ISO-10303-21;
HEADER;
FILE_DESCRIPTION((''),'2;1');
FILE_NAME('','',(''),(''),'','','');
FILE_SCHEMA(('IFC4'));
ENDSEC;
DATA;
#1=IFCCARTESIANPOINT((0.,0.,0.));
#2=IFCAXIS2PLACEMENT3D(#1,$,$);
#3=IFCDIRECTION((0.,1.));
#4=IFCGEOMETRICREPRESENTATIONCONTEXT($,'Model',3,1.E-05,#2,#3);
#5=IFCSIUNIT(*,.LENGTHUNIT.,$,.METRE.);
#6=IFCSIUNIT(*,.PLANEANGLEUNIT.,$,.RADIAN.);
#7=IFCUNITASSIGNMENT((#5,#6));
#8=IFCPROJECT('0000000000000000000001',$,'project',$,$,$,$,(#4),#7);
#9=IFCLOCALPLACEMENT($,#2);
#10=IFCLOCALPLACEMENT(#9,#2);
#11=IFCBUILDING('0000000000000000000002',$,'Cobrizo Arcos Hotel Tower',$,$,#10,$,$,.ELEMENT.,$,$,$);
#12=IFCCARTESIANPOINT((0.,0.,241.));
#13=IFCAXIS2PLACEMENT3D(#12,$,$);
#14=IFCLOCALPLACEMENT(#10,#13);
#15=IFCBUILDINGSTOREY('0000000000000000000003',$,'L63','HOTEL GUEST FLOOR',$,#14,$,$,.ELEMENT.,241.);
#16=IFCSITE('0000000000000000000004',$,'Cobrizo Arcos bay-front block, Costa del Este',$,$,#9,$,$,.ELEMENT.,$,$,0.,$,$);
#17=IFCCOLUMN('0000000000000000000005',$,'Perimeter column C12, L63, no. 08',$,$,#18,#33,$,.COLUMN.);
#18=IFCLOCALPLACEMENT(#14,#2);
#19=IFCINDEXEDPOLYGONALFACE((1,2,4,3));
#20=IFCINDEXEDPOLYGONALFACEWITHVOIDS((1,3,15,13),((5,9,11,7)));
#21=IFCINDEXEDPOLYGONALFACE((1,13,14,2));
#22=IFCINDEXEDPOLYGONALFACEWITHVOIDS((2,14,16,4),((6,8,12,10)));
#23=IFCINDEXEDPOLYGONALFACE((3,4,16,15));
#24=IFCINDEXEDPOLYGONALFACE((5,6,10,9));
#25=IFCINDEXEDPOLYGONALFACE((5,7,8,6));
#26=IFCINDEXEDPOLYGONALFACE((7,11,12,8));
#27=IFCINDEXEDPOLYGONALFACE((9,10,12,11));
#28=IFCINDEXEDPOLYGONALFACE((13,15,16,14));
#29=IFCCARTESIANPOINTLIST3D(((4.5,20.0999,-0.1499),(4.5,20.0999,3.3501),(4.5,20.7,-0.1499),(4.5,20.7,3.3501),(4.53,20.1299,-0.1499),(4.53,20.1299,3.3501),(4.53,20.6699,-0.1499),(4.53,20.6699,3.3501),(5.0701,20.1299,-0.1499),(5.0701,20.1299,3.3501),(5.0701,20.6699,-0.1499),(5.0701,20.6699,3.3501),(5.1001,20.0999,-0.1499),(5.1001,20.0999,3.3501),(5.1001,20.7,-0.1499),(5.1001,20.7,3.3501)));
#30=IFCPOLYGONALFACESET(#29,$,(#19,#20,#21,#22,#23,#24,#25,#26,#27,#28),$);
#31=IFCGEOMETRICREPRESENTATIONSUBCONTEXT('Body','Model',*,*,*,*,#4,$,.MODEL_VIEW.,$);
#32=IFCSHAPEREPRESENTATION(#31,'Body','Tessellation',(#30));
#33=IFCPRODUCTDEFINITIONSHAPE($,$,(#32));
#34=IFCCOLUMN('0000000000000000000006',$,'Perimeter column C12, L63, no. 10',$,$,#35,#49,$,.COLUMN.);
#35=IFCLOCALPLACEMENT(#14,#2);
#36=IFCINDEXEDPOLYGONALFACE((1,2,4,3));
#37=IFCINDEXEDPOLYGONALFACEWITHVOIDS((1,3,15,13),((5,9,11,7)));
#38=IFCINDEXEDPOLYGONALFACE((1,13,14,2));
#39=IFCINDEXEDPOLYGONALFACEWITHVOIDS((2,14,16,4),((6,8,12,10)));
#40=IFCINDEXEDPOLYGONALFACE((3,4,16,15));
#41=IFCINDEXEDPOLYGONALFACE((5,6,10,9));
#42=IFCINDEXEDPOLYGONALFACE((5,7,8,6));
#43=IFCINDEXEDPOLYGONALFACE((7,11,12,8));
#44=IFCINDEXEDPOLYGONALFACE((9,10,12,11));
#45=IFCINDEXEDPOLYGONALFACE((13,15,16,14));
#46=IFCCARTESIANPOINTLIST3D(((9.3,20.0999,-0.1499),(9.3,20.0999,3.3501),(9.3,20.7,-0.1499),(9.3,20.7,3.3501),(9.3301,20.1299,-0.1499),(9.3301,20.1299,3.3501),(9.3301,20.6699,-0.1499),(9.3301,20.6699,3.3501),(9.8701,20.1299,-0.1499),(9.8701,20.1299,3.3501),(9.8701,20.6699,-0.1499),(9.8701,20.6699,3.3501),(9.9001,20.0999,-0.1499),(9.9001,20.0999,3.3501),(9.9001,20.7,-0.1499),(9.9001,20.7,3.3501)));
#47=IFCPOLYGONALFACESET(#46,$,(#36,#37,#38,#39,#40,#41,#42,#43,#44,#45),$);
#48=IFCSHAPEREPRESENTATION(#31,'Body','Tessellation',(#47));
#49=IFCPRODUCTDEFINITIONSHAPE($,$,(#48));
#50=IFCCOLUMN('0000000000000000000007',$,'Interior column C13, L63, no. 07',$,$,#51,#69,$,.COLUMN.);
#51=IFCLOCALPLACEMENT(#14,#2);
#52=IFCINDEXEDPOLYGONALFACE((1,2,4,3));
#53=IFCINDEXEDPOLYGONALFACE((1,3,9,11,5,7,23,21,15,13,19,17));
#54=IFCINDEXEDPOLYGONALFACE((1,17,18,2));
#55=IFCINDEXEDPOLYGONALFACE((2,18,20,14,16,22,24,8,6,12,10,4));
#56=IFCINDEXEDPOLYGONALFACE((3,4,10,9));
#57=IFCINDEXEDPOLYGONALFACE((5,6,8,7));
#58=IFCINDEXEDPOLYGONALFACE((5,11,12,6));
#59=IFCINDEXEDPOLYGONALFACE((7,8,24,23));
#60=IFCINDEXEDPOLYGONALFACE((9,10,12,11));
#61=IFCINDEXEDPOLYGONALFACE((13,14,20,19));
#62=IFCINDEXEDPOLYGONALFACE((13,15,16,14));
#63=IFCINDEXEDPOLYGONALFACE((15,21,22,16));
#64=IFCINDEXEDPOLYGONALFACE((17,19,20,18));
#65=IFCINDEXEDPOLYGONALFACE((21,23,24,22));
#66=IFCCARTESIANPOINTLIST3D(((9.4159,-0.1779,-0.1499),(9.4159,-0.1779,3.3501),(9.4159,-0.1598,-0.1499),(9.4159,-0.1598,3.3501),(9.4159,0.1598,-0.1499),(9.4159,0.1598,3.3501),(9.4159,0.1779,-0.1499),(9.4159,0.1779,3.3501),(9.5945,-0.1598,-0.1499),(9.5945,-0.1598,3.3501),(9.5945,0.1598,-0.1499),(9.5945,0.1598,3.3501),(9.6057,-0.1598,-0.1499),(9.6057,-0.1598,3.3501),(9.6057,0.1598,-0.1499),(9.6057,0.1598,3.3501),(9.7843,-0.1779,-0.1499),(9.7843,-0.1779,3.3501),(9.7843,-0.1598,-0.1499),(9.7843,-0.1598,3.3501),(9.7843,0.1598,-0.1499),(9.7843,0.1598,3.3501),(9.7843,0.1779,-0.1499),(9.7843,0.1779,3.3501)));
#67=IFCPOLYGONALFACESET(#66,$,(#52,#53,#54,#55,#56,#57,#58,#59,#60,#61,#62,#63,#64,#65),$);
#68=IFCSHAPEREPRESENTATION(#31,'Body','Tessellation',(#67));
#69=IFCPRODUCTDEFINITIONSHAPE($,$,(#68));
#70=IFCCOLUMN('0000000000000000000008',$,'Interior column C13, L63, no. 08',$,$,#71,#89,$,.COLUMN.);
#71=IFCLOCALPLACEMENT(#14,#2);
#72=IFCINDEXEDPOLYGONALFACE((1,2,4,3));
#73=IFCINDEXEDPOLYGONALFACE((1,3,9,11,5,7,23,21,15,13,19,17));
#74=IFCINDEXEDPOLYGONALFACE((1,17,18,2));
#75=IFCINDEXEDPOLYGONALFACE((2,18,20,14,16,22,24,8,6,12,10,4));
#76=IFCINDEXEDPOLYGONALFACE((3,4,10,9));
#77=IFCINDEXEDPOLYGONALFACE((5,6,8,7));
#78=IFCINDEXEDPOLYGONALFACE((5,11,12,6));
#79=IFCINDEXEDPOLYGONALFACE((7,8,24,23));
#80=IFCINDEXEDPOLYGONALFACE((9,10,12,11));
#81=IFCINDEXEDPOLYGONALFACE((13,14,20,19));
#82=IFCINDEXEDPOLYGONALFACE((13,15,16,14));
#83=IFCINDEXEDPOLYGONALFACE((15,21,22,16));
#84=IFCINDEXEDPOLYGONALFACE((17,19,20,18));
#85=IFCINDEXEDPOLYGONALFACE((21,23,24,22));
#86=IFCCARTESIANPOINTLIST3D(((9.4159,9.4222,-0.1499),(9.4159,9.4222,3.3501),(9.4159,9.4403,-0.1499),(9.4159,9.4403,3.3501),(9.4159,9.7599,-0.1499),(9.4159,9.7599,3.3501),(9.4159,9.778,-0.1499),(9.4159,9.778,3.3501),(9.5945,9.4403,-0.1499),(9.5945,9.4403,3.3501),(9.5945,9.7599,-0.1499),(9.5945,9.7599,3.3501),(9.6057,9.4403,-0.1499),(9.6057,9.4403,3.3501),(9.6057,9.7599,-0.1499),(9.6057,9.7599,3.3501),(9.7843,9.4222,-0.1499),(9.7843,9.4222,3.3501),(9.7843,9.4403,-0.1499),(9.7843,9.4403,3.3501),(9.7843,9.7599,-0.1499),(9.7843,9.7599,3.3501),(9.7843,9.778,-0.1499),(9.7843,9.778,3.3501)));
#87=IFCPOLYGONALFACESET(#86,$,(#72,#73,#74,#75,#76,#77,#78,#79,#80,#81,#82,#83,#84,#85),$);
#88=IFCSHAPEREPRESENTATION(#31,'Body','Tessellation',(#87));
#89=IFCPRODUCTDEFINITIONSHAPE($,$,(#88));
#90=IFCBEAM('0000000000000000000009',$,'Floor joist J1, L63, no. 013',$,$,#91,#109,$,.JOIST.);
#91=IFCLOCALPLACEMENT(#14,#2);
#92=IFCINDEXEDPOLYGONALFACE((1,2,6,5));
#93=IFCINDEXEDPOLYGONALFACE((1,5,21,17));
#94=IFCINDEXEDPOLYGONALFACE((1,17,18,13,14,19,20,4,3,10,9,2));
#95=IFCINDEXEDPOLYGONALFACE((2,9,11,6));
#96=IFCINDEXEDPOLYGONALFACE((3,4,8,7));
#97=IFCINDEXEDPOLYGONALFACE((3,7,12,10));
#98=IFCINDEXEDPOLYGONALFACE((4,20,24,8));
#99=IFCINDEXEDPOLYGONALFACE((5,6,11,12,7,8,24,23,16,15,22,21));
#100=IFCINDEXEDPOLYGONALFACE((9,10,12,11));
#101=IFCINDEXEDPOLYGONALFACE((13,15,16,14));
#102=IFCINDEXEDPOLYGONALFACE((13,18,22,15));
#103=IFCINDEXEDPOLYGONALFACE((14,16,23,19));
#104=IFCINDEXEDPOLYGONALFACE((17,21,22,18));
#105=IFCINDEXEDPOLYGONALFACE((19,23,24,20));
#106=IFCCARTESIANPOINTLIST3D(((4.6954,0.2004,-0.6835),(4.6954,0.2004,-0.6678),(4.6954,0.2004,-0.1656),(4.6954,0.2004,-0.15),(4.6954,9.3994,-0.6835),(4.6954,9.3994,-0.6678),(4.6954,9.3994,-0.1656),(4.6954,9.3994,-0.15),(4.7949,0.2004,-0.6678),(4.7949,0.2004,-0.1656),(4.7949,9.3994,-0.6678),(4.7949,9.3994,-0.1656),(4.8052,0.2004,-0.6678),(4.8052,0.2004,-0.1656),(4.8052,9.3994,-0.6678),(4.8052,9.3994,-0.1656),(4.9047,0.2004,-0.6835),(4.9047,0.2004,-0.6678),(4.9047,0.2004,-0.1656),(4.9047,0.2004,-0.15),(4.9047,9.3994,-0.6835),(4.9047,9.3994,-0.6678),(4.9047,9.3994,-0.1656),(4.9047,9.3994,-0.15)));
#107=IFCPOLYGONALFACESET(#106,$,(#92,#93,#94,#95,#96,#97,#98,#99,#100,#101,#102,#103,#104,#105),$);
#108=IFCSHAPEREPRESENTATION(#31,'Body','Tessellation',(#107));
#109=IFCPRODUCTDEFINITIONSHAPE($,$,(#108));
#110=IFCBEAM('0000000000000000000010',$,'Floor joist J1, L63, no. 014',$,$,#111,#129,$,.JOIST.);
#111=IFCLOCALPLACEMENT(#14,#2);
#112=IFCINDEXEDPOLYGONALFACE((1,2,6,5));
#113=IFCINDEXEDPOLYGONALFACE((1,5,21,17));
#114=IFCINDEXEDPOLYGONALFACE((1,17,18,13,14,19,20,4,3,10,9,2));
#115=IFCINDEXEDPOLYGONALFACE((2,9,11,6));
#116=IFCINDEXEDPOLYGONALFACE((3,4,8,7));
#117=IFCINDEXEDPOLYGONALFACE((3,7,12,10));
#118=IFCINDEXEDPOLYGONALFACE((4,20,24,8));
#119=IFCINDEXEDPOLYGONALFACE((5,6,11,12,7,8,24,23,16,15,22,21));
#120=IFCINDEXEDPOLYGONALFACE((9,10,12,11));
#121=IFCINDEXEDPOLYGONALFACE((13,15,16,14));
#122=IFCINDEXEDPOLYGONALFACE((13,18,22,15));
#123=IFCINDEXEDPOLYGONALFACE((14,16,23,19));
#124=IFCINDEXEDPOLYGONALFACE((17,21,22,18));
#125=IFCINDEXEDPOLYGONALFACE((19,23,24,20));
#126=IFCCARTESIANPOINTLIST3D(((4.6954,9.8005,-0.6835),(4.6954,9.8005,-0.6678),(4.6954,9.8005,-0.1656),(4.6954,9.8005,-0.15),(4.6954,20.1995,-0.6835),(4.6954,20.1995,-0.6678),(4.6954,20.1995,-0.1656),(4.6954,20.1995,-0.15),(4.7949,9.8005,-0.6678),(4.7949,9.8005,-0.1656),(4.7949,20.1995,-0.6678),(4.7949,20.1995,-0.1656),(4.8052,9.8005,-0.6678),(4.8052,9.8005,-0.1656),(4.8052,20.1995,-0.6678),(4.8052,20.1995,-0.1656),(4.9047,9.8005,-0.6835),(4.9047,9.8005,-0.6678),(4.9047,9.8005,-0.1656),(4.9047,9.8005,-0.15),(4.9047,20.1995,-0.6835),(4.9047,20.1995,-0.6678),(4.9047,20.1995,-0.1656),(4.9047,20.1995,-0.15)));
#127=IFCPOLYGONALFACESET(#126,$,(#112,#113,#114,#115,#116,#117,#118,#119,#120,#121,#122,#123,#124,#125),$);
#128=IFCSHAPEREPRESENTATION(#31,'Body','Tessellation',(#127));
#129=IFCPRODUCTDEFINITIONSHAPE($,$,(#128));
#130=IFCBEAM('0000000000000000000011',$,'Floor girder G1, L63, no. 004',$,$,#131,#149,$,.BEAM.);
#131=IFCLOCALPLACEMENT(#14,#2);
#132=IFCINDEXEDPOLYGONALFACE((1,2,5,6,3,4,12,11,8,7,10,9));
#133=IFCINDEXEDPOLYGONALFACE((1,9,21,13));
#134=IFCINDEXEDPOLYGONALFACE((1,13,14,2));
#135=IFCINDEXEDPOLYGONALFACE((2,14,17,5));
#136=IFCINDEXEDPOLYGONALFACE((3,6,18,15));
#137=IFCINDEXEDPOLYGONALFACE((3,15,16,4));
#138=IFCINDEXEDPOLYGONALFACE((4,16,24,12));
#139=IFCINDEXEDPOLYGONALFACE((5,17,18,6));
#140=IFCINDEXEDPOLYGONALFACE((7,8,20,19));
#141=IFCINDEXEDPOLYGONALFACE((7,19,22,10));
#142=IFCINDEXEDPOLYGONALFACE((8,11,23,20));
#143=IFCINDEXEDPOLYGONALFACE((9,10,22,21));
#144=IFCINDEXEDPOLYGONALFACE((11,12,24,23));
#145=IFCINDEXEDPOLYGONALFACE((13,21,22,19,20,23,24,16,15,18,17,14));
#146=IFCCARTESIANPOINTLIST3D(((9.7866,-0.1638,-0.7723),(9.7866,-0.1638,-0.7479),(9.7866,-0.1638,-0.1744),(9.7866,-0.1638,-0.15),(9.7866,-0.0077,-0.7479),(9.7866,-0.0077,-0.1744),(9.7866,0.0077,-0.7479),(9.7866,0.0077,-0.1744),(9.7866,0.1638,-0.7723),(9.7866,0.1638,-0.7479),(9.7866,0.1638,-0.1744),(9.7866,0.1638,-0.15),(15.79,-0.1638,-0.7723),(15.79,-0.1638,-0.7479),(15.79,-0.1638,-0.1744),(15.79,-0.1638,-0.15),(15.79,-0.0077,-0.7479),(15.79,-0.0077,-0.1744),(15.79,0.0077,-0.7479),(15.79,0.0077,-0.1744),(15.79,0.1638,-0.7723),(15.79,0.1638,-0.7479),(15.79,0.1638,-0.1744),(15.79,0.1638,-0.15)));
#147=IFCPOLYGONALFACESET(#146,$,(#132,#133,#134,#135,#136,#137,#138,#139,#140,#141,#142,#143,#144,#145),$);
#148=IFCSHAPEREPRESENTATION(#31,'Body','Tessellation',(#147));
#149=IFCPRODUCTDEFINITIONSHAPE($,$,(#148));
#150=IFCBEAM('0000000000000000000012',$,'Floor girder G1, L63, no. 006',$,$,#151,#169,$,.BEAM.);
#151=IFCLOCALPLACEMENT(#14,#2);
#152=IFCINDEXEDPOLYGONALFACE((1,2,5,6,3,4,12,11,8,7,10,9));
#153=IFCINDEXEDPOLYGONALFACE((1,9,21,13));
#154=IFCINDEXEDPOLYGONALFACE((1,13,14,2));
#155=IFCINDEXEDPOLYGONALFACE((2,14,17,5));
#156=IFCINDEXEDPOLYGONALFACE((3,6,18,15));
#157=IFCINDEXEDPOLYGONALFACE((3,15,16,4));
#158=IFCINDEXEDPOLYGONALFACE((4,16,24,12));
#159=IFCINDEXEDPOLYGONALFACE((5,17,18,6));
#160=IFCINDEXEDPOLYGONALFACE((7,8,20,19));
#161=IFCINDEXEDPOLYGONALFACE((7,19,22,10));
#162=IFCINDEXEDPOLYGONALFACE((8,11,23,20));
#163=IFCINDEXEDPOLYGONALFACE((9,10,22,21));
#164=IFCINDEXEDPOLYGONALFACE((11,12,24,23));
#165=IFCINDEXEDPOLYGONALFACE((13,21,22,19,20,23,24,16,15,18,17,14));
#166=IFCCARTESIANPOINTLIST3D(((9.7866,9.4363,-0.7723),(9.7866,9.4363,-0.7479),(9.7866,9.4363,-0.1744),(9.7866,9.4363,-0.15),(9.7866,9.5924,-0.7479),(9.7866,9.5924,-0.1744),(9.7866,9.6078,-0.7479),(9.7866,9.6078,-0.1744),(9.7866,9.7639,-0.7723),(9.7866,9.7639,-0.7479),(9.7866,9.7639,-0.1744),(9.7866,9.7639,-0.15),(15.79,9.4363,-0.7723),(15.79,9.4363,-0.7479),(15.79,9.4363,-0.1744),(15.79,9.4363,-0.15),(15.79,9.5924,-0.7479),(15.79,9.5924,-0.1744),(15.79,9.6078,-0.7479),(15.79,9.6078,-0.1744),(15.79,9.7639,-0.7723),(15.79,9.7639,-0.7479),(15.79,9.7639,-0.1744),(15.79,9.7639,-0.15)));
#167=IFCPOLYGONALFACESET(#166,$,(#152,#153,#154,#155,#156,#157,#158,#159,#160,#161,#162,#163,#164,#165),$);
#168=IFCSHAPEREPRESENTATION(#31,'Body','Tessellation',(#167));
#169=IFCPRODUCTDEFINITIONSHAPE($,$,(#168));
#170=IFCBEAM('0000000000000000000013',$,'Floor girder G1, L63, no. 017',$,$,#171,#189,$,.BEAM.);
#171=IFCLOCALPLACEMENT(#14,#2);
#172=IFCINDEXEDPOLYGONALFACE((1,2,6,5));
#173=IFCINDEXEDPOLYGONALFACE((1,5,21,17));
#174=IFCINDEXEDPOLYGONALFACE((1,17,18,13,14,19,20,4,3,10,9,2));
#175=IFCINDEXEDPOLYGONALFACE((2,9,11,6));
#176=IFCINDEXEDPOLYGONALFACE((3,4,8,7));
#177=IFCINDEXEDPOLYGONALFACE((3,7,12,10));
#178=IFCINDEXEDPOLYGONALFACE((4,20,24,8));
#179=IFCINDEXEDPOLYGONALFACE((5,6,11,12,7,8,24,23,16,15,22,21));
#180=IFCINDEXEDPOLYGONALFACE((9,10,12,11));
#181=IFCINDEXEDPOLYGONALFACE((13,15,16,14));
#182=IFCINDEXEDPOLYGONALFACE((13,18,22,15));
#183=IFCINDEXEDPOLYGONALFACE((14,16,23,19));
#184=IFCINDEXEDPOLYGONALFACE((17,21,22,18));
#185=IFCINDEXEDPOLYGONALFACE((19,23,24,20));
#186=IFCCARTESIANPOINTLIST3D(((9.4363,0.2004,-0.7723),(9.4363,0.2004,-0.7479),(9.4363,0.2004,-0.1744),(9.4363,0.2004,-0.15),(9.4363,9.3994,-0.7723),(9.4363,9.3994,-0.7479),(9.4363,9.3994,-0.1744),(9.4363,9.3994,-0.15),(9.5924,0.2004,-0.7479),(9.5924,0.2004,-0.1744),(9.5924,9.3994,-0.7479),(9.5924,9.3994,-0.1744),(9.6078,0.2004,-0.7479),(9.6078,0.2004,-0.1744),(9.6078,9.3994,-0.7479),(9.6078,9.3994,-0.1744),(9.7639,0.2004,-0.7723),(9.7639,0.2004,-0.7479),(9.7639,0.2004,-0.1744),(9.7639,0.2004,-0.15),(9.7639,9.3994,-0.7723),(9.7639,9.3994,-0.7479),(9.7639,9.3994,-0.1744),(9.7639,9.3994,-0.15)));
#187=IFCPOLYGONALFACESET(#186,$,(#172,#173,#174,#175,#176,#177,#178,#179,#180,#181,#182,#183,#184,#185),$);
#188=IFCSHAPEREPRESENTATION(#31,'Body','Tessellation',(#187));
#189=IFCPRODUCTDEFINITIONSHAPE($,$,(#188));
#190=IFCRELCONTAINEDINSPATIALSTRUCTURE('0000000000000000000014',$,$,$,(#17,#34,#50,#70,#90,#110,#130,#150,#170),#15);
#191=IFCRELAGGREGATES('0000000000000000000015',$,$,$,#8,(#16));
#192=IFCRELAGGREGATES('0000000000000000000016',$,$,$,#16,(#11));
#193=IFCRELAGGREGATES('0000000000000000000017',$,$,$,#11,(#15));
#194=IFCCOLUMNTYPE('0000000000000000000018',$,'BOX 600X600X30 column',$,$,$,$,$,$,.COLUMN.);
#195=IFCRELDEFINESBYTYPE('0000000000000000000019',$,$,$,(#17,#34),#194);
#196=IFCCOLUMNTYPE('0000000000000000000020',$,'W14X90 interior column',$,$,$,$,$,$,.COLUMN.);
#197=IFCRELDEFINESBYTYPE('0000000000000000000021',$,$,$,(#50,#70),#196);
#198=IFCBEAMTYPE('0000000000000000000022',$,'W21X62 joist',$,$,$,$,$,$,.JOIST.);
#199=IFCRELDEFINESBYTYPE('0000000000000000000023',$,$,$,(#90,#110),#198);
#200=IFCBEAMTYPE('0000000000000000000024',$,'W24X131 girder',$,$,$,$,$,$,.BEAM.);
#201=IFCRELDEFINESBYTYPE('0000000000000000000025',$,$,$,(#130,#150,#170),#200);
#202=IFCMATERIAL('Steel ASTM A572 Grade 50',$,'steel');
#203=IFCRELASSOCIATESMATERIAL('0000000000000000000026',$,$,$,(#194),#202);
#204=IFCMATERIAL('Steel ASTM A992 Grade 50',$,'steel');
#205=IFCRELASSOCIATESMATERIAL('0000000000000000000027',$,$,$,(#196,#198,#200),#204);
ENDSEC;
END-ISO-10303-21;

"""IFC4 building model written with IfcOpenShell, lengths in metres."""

from ifc_helpers import new_model, si_unit, direction, frame, origin, origin_2d, place, context, subcontext, project, spatial, hollow_rectangle, i_section, extrude, material, material_profile, profile_set, type_object, element, save


model = new_model("IFC4")

# Units and contexts
model_context = context("Model", 3, precision=1e-05, world=origin(), true_north=direction((0.0, 1.0)))
body_context = subcontext(model_context, "Body", "Model", "MODEL_VIEW")
ifc_project = project(units=[si_unit("LENGTHUNIT", "METRE"), si_unit("PLANEANGLEUNIT", "RADIAN")], contexts=[model_context])

# Site, building, storey
site_placement = place(None, origin())
site = spatial("IfcSite", under=ifc_project, at=site_placement, Name="Cobrizo Arcos bay-front block, Costa del Este", CompositionType="ELEMENT", RefElevation=0.0)
building_placement = place(site_placement, origin())
building = spatial("IfcBuilding", under=site, at=building_placement, Name="Cobrizo Arcos Hotel Tower", CompositionType="ELEMENT")
storey_placement = place(building_placement, frame((0.0, 0.0, 241.0)))
storey = spatial("IfcBuildingStorey", under=building, at=storey_placement, Name="L63", Description="HOTEL GUEST FLOOR", CompositionType="ELEMENT", Elevation=241.0)

# Columns
ifc_material_1 = material(Name="Steel ASTM A572 Grade 50", Category="steel")
ifc_material_profile_1 = material_profile(ifc_material_1, hollow_rectangle(XDim=0.6001, YDim=0.6001, WallThickness=0.03, at=origin_2d()), Name="BOX 600X600X30")
ifc_profile_set_1 = profile_set([ifc_material_profile_1], Name="Steel ASTM A572 Grade 50")
column_type_1 = type_object("IfcColumnType", Name="BOX 600X600X30 column", PredefinedType="COLUMN", material=ifc_profile_set_1)
for number, where, z_axis, x_axis, name in (
    (1, (4.8, 20.3999, -0.1499), (0.0, 0.0, 1.0), (1.0, 0.0, 0.0), "Perimeter column C12, L63, no. 08"),
    (2, (9.6001, 20.3999, -0.1499), (0.0, 0.0, 1.0), (1.0, 0.0, 0.0), "Perimeter column C12, L63, no. 10"),
):
    element("IfcColumn", number, at=place(storey_placement, frame(where, z_axis=z_axis, x_axis=x_axis)), inside=storey, type_object=column_type_1, Name=name, PredefinedType="COLUMN", context=body_context, shape_type="SweptSolid", body=[
        extrude(hollow_rectangle(XDim=0.6001, YDim=0.6001, WallThickness=0.03, at=origin_2d()), origin(), (0.0, 0.0, 1.0), 3.5),
    ])
ifc_material_2 = material(Name="Steel ASTM A992 Grade 50", Category="steel")
ifc_material_profile_2 = material_profile(ifc_material_2, i_section(OverallWidth=0.3684, OverallDepth=0.3557, WebThickness=0.0112, FlangeThickness=0.0181, at=origin_2d()), Name="W14X90")
ifc_profile_set_2 = profile_set([ifc_material_profile_2], Name="Steel ASTM A992 Grade 50")
column_type_2 = type_object("IfcColumnType", Name="W14X90 interior column", PredefinedType="COLUMN", material=ifc_profile_set_2)
for number, where, z_axis, x_axis, name in (
    (3, (9.6001, 0.0, -0.1499), (0.0, 0.0, 1.0), (1.0, 0.0, 0.0), "Interior column C13, L63, no. 07"),
    (4, (9.6001, 9.6001, -0.1499), (0.0, 0.0, 1.0), (1.0, 0.0, 0.0), "Interior column C13, L63, no. 08"),
):
    element("IfcColumn", number, at=place(storey_placement, frame(where, z_axis=z_axis, x_axis=x_axis)), inside=storey, type_object=column_type_2, Name=name, PredefinedType="COLUMN", context=body_context, shape_type="SweptSolid", body=[
        extrude(i_section(OverallWidth=0.3684, OverallDepth=0.3557, WebThickness=0.0112, FlangeThickness=0.0181, at=origin_2d()), origin(), (0.0, 0.0, 1.0), 3.5),
    ])

# Beams
ifc_material_profile_3 = material_profile(ifc_material_2, i_section(OverallWidth=0.2092, OverallDepth=0.5334, WebThickness=0.0103, FlangeThickness=0.0156, at=origin_2d()), Name="W21X62")
ifc_profile_set_3 = profile_set([ifc_material_profile_3], Name="Steel ASTM A992 Grade 50")
beam_type_1 = type_object("IfcBeamType", Name="W21X62 joist", PredefinedType="JOIST", material=ifc_profile_set_3)
beam_1_placement = place(storey_placement, frame((4.8, 0.2004, -0.4167), z_axis=(0.0, 1.0, 0.0), x_axis=(-1.0, 0.0, 0.0)))
element("IfcBeam", 5, at=beam_1_placement, inside=storey, type_object=beam_type_1, Name="Floor joist J1, L63, no. 013", PredefinedType="JOIST", context=body_context, shape_type="SweptSolid", body=[
    extrude(i_section(OverallWidth=0.2092, OverallDepth=0.5334, WebThickness=0.0103, FlangeThickness=0.0156, at=origin_2d()), origin(), (0.0, 0.0, 1.0), 9.199),
])
beam_2_placement = place(storey_placement, frame((4.8, 9.8005, -0.4167), z_axis=(0.0, 1.0, 0.0), x_axis=(-1.0, 0.0, 0.0)))
element("IfcBeam", 6, at=beam_2_placement, inside=storey, type_object=beam_type_1, Name="Floor joist J1, L63, no. 014", PredefinedType="JOIST", context=body_context, shape_type="SweptSolid", body=[
    extrude(i_section(OverallWidth=0.2092, OverallDepth=0.5334, WebThickness=0.0103, FlangeThickness=0.0156, at=origin_2d()), origin(), (0.0, 0.0, 1.0), 10.3989),
])
ifc_material_profile_4 = material_profile(ifc_material_2, i_section(OverallWidth=0.3276, OverallDepth=0.6223, WebThickness=0.0154, FlangeThickness=0.0244, at=origin_2d()), Name="W24X131")
ifc_profile_set_4 = profile_set([ifc_material_profile_4], Name="Steel ASTM A992 Grade 50")
beam_type_2 = type_object("IfcBeamType", Name="W24X131 girder", PredefinedType="BEAM", material=ifc_profile_set_4)
for number, where, z_axis, x_axis, name in (
    (7, (9.7866, 0.0, -0.4612), (1.0, 0.0, 0.0), (0.0, 1.0, 0.0), "Floor girder G1, L63, no. 004"),
    (8, (9.7866, 9.6001, -0.4612), (1.0, 0.0, 0.0), (0.0, 1.0, 0.0), "Floor girder G1, L63, no. 006"),
):
    element("IfcBeam", number, at=place(storey_placement, frame(where, z_axis=z_axis, x_axis=x_axis)), inside=storey, type_object=beam_type_2, Name=name, PredefinedType="BEAM", context=body_context, shape_type="SweptSolid", body=[
        extrude(i_section(OverallWidth=0.3276, OverallDepth=0.6223, WebThickness=0.0154, FlangeThickness=0.0244, at=origin_2d()), origin(), (0.0, 0.0, 1.0), 6.0034),
    ])
beam_3_placement = place(storey_placement, frame((9.6001, 0.2004, -0.4612), z_axis=(0.0, 1.0, 0.0), x_axis=(-1.0, 0.0, 0.0)))
element("IfcBeam", 9, at=beam_3_placement, inside=storey, type_object=beam_type_2, Name="Floor girder G1, L63, no. 017", PredefinedType="BEAM", context=body_context, shape_type="SweptSolid", body=[
    extrude(i_section(OverallWidth=0.3276, OverallDepth=0.6223, WebThickness=0.0154, FlangeThickness=0.0244, at=origin_2d()), origin(), (0.0, 0.0, 1.0), 9.199),
])

save(model, "model.ifc")
